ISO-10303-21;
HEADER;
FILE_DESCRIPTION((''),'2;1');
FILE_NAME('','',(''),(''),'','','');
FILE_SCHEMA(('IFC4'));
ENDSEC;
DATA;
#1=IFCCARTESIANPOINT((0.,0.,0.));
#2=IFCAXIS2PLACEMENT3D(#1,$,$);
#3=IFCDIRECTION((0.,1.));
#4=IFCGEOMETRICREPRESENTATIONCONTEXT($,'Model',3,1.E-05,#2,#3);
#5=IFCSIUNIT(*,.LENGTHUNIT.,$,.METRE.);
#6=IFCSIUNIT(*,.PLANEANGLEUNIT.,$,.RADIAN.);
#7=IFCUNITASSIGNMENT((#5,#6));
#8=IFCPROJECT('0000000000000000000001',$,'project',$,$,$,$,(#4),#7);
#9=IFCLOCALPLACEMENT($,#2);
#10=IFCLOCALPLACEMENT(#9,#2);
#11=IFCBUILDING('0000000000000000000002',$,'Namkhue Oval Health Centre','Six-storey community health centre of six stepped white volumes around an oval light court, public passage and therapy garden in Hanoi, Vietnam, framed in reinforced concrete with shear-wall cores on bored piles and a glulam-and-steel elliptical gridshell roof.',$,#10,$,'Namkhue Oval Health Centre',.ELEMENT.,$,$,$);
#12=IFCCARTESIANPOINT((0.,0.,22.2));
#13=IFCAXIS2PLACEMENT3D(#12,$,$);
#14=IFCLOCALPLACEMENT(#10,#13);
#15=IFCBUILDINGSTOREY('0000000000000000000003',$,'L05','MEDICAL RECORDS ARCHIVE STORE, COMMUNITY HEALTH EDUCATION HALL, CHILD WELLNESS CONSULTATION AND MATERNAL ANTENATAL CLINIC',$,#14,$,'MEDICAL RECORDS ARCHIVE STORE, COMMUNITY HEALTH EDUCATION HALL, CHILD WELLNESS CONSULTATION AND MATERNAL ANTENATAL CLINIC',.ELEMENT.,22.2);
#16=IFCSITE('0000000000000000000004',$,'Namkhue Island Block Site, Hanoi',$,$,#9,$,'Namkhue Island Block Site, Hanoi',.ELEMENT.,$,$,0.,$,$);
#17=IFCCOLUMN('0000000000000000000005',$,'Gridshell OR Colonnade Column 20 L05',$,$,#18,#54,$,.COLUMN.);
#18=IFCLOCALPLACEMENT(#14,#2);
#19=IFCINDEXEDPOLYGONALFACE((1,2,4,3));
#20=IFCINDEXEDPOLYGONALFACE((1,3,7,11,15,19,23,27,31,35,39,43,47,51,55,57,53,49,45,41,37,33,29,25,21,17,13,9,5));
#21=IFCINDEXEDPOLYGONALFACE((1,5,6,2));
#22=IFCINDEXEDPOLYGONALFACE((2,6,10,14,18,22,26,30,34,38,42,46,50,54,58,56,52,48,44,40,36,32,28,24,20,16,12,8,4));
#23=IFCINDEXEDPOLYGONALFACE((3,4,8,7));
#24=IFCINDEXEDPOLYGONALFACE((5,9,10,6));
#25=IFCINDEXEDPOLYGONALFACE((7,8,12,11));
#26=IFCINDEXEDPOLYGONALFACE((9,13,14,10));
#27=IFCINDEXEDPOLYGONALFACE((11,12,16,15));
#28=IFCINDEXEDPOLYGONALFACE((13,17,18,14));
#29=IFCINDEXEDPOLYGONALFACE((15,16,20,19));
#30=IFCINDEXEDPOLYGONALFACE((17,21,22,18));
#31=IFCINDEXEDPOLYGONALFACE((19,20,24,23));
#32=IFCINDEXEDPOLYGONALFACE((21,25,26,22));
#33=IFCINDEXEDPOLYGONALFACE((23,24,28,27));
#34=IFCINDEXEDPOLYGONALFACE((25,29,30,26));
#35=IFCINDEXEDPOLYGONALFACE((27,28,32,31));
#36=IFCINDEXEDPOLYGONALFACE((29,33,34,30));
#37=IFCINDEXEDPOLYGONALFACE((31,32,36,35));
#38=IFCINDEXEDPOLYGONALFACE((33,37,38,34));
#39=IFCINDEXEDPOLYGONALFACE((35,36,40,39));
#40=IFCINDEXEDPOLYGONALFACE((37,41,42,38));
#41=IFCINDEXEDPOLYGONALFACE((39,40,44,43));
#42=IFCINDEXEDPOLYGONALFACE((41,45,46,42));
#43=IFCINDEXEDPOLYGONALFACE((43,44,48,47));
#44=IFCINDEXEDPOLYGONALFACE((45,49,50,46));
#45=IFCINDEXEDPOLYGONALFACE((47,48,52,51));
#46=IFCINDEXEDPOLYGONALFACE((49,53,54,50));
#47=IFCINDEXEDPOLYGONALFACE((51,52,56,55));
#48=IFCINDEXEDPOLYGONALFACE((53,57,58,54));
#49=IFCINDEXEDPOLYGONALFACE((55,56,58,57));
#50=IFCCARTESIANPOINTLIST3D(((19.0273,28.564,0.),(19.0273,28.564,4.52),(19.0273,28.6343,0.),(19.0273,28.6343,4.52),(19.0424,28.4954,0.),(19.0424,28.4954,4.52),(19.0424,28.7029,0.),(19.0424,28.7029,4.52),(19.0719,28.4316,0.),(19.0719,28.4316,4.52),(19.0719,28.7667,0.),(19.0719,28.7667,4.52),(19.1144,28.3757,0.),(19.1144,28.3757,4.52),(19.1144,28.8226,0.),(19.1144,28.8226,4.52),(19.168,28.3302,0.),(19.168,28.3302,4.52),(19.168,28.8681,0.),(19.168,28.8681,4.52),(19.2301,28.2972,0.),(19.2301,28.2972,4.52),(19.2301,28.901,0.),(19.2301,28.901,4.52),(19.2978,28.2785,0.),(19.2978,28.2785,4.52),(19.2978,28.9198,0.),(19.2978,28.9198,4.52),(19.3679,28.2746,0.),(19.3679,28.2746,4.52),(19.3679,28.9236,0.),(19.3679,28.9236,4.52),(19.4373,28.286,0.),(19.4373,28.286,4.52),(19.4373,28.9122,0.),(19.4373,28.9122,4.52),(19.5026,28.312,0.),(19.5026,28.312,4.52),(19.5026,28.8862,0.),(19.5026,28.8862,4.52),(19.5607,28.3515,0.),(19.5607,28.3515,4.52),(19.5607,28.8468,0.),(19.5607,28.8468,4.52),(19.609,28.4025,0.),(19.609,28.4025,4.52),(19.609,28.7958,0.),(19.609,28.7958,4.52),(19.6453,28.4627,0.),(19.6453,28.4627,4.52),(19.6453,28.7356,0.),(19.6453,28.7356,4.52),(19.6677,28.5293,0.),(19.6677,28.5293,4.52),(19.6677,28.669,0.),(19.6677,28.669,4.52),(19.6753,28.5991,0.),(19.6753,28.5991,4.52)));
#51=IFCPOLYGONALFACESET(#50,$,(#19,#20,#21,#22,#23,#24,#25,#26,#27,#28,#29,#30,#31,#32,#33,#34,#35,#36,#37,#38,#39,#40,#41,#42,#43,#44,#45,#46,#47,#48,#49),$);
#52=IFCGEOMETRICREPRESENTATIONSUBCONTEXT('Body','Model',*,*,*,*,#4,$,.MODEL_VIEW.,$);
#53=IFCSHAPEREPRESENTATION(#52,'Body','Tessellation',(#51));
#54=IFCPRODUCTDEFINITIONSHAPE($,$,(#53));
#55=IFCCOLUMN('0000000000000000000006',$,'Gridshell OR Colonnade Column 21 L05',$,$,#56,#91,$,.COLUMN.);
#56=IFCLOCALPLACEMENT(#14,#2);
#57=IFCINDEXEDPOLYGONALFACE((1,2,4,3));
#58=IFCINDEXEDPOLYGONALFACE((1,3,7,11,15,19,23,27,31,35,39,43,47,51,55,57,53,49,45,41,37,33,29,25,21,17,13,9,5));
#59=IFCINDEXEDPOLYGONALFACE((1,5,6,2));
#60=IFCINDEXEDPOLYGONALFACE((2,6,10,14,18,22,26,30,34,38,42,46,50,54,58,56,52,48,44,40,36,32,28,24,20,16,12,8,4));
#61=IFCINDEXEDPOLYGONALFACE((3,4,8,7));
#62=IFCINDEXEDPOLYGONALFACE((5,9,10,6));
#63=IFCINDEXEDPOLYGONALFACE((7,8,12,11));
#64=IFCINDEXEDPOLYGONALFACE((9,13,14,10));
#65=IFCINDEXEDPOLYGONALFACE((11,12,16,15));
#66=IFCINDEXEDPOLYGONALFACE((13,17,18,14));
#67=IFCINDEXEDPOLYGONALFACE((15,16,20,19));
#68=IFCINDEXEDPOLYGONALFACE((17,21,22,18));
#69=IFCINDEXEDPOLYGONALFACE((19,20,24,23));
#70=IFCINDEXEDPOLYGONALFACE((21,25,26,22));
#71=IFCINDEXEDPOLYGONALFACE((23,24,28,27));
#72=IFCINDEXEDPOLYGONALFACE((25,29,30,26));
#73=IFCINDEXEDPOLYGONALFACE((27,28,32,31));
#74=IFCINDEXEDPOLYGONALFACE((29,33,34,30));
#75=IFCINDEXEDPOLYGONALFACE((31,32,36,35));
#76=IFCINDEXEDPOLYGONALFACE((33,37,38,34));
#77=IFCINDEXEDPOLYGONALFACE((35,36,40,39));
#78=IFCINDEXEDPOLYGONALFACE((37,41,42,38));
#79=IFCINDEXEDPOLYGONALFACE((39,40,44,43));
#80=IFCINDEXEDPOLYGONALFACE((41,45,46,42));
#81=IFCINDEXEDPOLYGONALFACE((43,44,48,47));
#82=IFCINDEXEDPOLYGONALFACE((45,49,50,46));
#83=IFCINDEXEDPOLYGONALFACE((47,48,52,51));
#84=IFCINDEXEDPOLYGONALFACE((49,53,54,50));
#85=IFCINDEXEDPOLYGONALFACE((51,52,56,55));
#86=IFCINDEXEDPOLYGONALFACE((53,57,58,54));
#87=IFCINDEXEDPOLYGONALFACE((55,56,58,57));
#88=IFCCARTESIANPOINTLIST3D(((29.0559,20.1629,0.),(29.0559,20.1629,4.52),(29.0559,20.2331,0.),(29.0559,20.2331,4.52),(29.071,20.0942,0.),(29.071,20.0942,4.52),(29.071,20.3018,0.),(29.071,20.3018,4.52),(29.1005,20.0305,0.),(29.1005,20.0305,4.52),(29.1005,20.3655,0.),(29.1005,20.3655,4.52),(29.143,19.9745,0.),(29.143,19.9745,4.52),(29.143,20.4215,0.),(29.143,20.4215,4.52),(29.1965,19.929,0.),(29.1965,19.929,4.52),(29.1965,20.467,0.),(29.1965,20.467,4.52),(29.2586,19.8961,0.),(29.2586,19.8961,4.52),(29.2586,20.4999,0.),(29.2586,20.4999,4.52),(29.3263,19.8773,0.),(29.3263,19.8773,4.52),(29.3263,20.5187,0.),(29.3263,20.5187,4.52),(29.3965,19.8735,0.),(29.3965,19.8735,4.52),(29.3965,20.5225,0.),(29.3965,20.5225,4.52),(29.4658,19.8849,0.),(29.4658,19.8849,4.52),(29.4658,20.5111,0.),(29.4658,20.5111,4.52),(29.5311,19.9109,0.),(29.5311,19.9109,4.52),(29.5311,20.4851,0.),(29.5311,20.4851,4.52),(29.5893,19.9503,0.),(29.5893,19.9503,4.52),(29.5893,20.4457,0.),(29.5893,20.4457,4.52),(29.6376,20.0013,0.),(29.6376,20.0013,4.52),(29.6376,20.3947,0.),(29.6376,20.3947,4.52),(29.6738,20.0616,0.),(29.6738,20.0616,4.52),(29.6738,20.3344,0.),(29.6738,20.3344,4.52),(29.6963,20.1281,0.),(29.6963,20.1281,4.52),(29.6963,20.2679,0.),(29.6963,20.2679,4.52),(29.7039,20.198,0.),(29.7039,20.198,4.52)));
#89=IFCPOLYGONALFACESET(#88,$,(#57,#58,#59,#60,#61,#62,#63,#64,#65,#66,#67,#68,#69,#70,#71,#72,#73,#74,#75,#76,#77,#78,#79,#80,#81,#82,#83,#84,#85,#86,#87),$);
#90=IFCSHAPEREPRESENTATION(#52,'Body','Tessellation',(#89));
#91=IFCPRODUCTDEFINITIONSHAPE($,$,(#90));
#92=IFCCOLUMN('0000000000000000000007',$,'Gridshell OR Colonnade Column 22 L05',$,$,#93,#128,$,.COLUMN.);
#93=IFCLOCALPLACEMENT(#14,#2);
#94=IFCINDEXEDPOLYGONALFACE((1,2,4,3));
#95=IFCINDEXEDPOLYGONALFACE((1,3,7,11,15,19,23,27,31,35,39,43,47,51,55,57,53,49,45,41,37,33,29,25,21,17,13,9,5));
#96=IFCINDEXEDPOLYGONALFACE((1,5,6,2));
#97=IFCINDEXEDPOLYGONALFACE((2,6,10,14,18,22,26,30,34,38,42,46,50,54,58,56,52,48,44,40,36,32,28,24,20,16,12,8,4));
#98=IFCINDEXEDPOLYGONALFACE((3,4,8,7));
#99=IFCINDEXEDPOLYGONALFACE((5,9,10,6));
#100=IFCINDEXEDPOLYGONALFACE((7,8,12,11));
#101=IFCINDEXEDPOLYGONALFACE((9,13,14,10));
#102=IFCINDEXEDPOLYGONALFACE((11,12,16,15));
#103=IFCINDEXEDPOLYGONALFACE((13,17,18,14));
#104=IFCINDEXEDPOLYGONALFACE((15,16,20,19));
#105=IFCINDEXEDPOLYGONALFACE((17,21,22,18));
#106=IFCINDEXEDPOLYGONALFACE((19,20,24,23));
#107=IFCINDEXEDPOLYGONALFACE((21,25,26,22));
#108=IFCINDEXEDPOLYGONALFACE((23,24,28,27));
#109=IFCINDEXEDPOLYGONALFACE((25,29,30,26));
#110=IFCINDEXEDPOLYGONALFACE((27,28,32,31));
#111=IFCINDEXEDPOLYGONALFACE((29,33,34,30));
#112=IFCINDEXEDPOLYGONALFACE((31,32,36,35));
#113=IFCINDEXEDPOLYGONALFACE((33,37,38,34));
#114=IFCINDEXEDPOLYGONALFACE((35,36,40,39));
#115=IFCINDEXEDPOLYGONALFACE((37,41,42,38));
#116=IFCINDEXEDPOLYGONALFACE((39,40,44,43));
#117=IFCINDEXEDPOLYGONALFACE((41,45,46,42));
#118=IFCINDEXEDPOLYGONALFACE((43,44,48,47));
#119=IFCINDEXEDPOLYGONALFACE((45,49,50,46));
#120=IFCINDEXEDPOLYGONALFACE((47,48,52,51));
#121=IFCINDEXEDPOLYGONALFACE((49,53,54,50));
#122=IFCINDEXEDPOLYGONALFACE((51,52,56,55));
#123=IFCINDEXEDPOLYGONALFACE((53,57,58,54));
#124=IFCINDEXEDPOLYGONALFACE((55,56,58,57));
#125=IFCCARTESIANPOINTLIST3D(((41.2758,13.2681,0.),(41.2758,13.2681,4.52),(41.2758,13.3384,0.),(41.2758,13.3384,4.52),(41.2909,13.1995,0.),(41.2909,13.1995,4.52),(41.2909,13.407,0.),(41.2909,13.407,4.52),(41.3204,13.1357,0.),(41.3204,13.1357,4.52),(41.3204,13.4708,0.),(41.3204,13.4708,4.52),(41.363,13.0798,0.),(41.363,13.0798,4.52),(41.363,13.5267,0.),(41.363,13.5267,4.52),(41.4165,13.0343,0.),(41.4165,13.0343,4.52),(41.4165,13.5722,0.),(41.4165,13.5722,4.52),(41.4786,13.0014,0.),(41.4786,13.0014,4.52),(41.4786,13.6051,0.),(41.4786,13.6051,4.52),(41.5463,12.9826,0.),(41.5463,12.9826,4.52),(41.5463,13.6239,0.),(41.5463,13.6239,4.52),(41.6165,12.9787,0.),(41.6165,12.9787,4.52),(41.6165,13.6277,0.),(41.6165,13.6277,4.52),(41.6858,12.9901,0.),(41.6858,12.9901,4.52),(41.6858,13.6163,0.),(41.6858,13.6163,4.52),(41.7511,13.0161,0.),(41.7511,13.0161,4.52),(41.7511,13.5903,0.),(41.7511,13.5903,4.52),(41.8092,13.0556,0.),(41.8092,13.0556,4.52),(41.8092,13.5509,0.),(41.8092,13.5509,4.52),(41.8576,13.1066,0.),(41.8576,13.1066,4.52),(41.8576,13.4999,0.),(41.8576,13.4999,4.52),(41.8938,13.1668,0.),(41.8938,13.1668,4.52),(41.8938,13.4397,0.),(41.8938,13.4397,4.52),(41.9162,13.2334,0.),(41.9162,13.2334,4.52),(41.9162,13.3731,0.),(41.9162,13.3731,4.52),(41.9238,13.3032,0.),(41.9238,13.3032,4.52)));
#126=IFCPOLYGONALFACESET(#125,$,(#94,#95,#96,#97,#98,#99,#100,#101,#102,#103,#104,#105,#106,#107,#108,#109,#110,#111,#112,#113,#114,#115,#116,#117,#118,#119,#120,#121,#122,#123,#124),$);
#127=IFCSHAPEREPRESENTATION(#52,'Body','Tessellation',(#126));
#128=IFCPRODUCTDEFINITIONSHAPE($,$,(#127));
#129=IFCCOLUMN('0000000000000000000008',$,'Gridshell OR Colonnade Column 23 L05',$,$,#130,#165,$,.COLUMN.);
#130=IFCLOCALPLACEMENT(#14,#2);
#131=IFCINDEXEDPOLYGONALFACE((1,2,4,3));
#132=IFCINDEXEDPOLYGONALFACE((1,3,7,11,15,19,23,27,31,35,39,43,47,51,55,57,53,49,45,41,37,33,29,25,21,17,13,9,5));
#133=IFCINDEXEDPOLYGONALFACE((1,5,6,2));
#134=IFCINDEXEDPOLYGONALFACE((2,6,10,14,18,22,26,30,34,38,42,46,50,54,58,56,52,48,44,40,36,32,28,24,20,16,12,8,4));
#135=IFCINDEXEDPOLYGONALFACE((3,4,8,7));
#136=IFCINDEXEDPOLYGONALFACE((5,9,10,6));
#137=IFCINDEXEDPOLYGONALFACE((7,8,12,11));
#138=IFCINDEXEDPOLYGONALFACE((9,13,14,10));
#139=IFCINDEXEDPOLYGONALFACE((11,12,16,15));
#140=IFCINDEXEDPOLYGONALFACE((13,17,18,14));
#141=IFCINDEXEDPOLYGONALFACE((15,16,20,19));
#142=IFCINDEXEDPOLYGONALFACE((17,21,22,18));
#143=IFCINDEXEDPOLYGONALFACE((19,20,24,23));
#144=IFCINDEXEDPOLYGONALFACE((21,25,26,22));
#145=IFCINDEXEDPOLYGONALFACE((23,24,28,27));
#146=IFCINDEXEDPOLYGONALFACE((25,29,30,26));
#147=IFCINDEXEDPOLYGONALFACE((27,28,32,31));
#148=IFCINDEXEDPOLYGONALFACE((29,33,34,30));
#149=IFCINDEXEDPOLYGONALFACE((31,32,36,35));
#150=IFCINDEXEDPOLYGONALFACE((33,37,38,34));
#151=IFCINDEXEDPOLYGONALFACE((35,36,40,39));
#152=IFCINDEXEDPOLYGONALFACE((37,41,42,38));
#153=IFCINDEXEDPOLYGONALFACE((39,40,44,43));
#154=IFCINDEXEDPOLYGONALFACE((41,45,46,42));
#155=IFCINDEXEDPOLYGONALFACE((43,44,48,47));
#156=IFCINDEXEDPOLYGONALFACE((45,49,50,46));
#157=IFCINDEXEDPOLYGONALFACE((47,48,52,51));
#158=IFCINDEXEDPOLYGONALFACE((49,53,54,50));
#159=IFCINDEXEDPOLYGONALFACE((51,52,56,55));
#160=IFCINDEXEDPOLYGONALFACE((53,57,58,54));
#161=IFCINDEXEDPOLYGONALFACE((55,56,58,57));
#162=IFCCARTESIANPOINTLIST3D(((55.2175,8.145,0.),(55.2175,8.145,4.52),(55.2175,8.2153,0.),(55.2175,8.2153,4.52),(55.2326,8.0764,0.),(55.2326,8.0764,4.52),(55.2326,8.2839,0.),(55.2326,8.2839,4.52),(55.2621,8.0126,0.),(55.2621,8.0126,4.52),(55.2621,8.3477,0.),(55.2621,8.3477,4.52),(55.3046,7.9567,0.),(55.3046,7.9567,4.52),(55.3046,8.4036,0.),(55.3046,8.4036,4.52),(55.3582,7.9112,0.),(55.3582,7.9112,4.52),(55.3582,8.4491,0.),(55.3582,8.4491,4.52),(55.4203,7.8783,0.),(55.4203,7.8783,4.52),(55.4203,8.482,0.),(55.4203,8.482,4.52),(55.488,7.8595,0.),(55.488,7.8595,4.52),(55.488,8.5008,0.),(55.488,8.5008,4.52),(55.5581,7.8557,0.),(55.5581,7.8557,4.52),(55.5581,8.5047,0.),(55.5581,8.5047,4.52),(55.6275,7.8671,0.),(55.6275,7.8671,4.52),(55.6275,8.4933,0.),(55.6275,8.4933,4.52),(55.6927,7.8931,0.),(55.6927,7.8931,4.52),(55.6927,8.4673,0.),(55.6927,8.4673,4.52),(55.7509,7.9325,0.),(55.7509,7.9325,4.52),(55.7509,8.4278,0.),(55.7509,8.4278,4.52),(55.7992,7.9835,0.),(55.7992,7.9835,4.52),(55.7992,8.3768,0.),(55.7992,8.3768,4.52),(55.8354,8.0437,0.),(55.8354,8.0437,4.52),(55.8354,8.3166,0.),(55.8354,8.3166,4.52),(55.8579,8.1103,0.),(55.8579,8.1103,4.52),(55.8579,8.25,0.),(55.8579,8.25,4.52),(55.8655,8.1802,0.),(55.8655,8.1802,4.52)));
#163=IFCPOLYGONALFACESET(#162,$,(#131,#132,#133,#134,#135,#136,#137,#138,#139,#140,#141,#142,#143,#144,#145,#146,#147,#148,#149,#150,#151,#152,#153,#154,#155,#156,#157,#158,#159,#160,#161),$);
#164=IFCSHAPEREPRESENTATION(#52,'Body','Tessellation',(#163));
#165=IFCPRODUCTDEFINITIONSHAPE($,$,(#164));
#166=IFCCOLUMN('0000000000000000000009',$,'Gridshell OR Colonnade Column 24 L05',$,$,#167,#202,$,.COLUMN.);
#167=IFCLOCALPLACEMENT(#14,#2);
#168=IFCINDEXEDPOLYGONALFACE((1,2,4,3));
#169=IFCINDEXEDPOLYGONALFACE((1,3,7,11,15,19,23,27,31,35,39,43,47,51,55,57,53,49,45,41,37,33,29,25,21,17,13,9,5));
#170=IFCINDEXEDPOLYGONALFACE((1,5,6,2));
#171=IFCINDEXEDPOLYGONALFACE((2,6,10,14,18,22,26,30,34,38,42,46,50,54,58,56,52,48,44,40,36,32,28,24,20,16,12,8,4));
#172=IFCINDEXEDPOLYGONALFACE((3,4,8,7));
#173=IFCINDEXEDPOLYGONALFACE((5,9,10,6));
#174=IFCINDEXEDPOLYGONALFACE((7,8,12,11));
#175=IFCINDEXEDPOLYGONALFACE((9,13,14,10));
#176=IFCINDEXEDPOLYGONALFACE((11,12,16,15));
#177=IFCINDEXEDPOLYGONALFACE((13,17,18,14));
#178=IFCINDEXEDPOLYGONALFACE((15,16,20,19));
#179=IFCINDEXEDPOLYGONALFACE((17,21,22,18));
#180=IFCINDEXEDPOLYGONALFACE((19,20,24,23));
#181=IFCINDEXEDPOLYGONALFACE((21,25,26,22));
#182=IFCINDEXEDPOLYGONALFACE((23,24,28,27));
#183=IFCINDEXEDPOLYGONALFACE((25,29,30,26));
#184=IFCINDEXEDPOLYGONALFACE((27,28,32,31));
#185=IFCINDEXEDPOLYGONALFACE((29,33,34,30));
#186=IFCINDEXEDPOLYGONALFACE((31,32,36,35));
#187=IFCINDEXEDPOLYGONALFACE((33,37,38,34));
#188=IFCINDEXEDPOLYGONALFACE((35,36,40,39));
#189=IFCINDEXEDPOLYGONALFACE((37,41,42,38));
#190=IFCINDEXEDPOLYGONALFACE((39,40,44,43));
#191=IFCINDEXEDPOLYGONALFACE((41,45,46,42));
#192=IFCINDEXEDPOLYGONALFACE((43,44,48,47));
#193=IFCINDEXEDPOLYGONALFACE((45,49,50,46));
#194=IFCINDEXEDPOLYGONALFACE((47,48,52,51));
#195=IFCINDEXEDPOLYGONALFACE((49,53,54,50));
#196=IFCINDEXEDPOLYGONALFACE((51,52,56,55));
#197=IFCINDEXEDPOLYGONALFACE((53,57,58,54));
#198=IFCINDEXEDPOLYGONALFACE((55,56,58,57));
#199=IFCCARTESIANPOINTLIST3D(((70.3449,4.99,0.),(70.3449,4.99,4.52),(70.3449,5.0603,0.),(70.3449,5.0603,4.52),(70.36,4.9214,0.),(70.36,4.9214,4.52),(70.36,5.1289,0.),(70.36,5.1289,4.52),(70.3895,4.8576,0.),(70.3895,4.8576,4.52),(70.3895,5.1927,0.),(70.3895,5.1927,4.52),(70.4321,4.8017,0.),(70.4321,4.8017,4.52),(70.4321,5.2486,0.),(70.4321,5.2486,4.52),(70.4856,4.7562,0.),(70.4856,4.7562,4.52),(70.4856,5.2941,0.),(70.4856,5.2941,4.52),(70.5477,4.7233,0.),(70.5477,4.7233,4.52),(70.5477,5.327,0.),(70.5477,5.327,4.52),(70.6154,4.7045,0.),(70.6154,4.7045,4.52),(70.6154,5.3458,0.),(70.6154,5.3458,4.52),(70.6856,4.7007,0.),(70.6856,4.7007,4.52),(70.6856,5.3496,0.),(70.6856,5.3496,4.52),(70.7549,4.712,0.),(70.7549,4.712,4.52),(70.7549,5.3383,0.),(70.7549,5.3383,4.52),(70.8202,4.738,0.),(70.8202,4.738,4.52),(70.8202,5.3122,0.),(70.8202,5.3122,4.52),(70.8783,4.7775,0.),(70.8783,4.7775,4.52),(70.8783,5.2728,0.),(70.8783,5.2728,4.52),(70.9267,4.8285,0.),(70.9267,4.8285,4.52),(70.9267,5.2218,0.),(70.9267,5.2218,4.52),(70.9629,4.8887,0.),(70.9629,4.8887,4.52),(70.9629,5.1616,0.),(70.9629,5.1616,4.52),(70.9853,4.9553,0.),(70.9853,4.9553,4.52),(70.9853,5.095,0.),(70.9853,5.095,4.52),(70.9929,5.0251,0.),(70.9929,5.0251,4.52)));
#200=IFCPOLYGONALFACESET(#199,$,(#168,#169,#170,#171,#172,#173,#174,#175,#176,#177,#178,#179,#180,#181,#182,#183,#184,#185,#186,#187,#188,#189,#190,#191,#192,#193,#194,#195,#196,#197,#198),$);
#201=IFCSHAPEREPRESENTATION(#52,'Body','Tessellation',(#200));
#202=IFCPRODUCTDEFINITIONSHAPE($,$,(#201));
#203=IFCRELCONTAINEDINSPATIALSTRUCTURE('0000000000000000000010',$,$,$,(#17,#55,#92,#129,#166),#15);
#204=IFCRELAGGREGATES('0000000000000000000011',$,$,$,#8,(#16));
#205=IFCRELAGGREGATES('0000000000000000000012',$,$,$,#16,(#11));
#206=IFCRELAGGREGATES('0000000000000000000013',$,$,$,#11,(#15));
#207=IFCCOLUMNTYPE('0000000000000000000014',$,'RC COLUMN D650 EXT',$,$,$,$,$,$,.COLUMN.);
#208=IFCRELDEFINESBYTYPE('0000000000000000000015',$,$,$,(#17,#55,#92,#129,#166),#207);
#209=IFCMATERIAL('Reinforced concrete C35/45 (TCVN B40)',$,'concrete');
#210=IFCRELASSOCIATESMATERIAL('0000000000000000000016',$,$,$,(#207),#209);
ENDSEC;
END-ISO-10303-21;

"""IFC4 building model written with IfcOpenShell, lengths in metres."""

from ifc_helpers import new_model, si_unit, direction, frame, origin, origin_2d, place, context, subcontext, project, spatial, circle, extrude, material, material_profile, profile_set, type_object, element, save


model = new_model("IFC4")

# Units and contexts
model_context = context("Model", 3, precision=1e-05, world=origin(), true_north=direction((0.0, 1.0)))
body_context = subcontext(model_context, "Body", "Model", "MODEL_VIEW")
ifc_project = project(units=[si_unit("LENGTHUNIT", "METRE"), si_unit("PLANEANGLEUNIT", "RADIAN")], contexts=[model_context])

# Site, building, storey
site_placement = place(None, origin())
site = spatial("IfcSite", under=ifc_project, at=site_placement, Name="Namkhue Island Block Site, Hanoi", LongName="Namkhue Island Block Site, Hanoi", CompositionType="ELEMENT", RefElevation=0.0)
building_placement = place(site_placement, origin())
building = spatial("IfcBuilding", under=site, at=building_placement, Name="Namkhue Oval Health Centre", Description="Six-storey community health centre of six stepped white volumes around an oval light court, public passage and therapy garden in Hanoi, Vietnam, framed in reinforced concrete with shear-wall cores on bored piles and a glulam-and-steel elliptical gridshell roof.", LongName="Namkhue Oval Health Centre", CompositionType="ELEMENT")
storey_placement = place(building_placement, frame((0.0, 0.0, 22.2)))
storey = spatial("IfcBuildingStorey", under=building, at=storey_placement, Name="L05", Description="MEDICAL RECORDS ARCHIVE STORE, COMMUNITY HEALTH EDUCATION HALL, CHILD WELLNESS CONSULTATION AND MATERNAL ANTENATAL CLINIC", LongName="MEDICAL RECORDS ARCHIVE STORE, COMMUNITY HEALTH EDUCATION HALL, CHILD WELLNESS CONSULTATION AND MATERNAL ANTENATAL CLINIC", CompositionType="ELEMENT", Elevation=22.2)

# Columns
ifc_material_1 = material(Name="Reinforced concrete C35/45 (TCVN B40)", Category="concrete")
ifc_material_profile_1 = material_profile(ifc_material_1, circle(Radius=0.325, at=origin_2d()), Name="RC D650")
ifc_profile_set_1 = profile_set([ifc_material_profile_1], Name="Reinforced concrete C35/45 (TCVN B40)")
column_type = type_object("IfcColumnType", Name="RC COLUMN D650 EXT", PredefinedType="COLUMN", material=ifc_profile_set_1)
for number, where, z_axis, x_axis, name in (
    (1, (19.3503, 28.5991, 0.0), (0.0, 0.0, 1.0), (1.0, 0.0, 0.0), "Gridshell OR Colonnade Column 20 L05"),
    (2, (29.3789, 20.198, 0.0), (0.0, 0.0, 1.0), (1.0, 0.0, 0.0), "Gridshell OR Colonnade Column 21 L05"),
    (3, (41.5989, 13.3032, 0.0), (0.0, 0.0, 1.0), (1.0, 0.0, 0.0), "Gridshell OR Colonnade Column 22 L05"),
    (4, (55.5405, 8.1802, 0.0), (0.0, 0.0, 1.0), (1.0, 0.0, 0.0), "Gridshell OR Colonnade Column 23 L05"),
    (5, (70.668, 5.0251, 0.0), (0.0, 0.0, 1.0), (1.0, 0.0, 0.0), "Gridshell OR Colonnade Column 24 L05"),
):
    element("IfcColumn", number, at=place(storey_placement, frame(where, z_axis=z_axis, x_axis=x_axis)), inside=storey, type_object=column_type, Name=name, PredefinedType="COLUMN", context=body_context, shape_type="SweptSolid", body=[
        extrude(circle(Radius=0.325, at=origin_2d()), origin(), (0.0, 0.0, 1.0), 4.52),
    ])

save(model, "model.ifc")
